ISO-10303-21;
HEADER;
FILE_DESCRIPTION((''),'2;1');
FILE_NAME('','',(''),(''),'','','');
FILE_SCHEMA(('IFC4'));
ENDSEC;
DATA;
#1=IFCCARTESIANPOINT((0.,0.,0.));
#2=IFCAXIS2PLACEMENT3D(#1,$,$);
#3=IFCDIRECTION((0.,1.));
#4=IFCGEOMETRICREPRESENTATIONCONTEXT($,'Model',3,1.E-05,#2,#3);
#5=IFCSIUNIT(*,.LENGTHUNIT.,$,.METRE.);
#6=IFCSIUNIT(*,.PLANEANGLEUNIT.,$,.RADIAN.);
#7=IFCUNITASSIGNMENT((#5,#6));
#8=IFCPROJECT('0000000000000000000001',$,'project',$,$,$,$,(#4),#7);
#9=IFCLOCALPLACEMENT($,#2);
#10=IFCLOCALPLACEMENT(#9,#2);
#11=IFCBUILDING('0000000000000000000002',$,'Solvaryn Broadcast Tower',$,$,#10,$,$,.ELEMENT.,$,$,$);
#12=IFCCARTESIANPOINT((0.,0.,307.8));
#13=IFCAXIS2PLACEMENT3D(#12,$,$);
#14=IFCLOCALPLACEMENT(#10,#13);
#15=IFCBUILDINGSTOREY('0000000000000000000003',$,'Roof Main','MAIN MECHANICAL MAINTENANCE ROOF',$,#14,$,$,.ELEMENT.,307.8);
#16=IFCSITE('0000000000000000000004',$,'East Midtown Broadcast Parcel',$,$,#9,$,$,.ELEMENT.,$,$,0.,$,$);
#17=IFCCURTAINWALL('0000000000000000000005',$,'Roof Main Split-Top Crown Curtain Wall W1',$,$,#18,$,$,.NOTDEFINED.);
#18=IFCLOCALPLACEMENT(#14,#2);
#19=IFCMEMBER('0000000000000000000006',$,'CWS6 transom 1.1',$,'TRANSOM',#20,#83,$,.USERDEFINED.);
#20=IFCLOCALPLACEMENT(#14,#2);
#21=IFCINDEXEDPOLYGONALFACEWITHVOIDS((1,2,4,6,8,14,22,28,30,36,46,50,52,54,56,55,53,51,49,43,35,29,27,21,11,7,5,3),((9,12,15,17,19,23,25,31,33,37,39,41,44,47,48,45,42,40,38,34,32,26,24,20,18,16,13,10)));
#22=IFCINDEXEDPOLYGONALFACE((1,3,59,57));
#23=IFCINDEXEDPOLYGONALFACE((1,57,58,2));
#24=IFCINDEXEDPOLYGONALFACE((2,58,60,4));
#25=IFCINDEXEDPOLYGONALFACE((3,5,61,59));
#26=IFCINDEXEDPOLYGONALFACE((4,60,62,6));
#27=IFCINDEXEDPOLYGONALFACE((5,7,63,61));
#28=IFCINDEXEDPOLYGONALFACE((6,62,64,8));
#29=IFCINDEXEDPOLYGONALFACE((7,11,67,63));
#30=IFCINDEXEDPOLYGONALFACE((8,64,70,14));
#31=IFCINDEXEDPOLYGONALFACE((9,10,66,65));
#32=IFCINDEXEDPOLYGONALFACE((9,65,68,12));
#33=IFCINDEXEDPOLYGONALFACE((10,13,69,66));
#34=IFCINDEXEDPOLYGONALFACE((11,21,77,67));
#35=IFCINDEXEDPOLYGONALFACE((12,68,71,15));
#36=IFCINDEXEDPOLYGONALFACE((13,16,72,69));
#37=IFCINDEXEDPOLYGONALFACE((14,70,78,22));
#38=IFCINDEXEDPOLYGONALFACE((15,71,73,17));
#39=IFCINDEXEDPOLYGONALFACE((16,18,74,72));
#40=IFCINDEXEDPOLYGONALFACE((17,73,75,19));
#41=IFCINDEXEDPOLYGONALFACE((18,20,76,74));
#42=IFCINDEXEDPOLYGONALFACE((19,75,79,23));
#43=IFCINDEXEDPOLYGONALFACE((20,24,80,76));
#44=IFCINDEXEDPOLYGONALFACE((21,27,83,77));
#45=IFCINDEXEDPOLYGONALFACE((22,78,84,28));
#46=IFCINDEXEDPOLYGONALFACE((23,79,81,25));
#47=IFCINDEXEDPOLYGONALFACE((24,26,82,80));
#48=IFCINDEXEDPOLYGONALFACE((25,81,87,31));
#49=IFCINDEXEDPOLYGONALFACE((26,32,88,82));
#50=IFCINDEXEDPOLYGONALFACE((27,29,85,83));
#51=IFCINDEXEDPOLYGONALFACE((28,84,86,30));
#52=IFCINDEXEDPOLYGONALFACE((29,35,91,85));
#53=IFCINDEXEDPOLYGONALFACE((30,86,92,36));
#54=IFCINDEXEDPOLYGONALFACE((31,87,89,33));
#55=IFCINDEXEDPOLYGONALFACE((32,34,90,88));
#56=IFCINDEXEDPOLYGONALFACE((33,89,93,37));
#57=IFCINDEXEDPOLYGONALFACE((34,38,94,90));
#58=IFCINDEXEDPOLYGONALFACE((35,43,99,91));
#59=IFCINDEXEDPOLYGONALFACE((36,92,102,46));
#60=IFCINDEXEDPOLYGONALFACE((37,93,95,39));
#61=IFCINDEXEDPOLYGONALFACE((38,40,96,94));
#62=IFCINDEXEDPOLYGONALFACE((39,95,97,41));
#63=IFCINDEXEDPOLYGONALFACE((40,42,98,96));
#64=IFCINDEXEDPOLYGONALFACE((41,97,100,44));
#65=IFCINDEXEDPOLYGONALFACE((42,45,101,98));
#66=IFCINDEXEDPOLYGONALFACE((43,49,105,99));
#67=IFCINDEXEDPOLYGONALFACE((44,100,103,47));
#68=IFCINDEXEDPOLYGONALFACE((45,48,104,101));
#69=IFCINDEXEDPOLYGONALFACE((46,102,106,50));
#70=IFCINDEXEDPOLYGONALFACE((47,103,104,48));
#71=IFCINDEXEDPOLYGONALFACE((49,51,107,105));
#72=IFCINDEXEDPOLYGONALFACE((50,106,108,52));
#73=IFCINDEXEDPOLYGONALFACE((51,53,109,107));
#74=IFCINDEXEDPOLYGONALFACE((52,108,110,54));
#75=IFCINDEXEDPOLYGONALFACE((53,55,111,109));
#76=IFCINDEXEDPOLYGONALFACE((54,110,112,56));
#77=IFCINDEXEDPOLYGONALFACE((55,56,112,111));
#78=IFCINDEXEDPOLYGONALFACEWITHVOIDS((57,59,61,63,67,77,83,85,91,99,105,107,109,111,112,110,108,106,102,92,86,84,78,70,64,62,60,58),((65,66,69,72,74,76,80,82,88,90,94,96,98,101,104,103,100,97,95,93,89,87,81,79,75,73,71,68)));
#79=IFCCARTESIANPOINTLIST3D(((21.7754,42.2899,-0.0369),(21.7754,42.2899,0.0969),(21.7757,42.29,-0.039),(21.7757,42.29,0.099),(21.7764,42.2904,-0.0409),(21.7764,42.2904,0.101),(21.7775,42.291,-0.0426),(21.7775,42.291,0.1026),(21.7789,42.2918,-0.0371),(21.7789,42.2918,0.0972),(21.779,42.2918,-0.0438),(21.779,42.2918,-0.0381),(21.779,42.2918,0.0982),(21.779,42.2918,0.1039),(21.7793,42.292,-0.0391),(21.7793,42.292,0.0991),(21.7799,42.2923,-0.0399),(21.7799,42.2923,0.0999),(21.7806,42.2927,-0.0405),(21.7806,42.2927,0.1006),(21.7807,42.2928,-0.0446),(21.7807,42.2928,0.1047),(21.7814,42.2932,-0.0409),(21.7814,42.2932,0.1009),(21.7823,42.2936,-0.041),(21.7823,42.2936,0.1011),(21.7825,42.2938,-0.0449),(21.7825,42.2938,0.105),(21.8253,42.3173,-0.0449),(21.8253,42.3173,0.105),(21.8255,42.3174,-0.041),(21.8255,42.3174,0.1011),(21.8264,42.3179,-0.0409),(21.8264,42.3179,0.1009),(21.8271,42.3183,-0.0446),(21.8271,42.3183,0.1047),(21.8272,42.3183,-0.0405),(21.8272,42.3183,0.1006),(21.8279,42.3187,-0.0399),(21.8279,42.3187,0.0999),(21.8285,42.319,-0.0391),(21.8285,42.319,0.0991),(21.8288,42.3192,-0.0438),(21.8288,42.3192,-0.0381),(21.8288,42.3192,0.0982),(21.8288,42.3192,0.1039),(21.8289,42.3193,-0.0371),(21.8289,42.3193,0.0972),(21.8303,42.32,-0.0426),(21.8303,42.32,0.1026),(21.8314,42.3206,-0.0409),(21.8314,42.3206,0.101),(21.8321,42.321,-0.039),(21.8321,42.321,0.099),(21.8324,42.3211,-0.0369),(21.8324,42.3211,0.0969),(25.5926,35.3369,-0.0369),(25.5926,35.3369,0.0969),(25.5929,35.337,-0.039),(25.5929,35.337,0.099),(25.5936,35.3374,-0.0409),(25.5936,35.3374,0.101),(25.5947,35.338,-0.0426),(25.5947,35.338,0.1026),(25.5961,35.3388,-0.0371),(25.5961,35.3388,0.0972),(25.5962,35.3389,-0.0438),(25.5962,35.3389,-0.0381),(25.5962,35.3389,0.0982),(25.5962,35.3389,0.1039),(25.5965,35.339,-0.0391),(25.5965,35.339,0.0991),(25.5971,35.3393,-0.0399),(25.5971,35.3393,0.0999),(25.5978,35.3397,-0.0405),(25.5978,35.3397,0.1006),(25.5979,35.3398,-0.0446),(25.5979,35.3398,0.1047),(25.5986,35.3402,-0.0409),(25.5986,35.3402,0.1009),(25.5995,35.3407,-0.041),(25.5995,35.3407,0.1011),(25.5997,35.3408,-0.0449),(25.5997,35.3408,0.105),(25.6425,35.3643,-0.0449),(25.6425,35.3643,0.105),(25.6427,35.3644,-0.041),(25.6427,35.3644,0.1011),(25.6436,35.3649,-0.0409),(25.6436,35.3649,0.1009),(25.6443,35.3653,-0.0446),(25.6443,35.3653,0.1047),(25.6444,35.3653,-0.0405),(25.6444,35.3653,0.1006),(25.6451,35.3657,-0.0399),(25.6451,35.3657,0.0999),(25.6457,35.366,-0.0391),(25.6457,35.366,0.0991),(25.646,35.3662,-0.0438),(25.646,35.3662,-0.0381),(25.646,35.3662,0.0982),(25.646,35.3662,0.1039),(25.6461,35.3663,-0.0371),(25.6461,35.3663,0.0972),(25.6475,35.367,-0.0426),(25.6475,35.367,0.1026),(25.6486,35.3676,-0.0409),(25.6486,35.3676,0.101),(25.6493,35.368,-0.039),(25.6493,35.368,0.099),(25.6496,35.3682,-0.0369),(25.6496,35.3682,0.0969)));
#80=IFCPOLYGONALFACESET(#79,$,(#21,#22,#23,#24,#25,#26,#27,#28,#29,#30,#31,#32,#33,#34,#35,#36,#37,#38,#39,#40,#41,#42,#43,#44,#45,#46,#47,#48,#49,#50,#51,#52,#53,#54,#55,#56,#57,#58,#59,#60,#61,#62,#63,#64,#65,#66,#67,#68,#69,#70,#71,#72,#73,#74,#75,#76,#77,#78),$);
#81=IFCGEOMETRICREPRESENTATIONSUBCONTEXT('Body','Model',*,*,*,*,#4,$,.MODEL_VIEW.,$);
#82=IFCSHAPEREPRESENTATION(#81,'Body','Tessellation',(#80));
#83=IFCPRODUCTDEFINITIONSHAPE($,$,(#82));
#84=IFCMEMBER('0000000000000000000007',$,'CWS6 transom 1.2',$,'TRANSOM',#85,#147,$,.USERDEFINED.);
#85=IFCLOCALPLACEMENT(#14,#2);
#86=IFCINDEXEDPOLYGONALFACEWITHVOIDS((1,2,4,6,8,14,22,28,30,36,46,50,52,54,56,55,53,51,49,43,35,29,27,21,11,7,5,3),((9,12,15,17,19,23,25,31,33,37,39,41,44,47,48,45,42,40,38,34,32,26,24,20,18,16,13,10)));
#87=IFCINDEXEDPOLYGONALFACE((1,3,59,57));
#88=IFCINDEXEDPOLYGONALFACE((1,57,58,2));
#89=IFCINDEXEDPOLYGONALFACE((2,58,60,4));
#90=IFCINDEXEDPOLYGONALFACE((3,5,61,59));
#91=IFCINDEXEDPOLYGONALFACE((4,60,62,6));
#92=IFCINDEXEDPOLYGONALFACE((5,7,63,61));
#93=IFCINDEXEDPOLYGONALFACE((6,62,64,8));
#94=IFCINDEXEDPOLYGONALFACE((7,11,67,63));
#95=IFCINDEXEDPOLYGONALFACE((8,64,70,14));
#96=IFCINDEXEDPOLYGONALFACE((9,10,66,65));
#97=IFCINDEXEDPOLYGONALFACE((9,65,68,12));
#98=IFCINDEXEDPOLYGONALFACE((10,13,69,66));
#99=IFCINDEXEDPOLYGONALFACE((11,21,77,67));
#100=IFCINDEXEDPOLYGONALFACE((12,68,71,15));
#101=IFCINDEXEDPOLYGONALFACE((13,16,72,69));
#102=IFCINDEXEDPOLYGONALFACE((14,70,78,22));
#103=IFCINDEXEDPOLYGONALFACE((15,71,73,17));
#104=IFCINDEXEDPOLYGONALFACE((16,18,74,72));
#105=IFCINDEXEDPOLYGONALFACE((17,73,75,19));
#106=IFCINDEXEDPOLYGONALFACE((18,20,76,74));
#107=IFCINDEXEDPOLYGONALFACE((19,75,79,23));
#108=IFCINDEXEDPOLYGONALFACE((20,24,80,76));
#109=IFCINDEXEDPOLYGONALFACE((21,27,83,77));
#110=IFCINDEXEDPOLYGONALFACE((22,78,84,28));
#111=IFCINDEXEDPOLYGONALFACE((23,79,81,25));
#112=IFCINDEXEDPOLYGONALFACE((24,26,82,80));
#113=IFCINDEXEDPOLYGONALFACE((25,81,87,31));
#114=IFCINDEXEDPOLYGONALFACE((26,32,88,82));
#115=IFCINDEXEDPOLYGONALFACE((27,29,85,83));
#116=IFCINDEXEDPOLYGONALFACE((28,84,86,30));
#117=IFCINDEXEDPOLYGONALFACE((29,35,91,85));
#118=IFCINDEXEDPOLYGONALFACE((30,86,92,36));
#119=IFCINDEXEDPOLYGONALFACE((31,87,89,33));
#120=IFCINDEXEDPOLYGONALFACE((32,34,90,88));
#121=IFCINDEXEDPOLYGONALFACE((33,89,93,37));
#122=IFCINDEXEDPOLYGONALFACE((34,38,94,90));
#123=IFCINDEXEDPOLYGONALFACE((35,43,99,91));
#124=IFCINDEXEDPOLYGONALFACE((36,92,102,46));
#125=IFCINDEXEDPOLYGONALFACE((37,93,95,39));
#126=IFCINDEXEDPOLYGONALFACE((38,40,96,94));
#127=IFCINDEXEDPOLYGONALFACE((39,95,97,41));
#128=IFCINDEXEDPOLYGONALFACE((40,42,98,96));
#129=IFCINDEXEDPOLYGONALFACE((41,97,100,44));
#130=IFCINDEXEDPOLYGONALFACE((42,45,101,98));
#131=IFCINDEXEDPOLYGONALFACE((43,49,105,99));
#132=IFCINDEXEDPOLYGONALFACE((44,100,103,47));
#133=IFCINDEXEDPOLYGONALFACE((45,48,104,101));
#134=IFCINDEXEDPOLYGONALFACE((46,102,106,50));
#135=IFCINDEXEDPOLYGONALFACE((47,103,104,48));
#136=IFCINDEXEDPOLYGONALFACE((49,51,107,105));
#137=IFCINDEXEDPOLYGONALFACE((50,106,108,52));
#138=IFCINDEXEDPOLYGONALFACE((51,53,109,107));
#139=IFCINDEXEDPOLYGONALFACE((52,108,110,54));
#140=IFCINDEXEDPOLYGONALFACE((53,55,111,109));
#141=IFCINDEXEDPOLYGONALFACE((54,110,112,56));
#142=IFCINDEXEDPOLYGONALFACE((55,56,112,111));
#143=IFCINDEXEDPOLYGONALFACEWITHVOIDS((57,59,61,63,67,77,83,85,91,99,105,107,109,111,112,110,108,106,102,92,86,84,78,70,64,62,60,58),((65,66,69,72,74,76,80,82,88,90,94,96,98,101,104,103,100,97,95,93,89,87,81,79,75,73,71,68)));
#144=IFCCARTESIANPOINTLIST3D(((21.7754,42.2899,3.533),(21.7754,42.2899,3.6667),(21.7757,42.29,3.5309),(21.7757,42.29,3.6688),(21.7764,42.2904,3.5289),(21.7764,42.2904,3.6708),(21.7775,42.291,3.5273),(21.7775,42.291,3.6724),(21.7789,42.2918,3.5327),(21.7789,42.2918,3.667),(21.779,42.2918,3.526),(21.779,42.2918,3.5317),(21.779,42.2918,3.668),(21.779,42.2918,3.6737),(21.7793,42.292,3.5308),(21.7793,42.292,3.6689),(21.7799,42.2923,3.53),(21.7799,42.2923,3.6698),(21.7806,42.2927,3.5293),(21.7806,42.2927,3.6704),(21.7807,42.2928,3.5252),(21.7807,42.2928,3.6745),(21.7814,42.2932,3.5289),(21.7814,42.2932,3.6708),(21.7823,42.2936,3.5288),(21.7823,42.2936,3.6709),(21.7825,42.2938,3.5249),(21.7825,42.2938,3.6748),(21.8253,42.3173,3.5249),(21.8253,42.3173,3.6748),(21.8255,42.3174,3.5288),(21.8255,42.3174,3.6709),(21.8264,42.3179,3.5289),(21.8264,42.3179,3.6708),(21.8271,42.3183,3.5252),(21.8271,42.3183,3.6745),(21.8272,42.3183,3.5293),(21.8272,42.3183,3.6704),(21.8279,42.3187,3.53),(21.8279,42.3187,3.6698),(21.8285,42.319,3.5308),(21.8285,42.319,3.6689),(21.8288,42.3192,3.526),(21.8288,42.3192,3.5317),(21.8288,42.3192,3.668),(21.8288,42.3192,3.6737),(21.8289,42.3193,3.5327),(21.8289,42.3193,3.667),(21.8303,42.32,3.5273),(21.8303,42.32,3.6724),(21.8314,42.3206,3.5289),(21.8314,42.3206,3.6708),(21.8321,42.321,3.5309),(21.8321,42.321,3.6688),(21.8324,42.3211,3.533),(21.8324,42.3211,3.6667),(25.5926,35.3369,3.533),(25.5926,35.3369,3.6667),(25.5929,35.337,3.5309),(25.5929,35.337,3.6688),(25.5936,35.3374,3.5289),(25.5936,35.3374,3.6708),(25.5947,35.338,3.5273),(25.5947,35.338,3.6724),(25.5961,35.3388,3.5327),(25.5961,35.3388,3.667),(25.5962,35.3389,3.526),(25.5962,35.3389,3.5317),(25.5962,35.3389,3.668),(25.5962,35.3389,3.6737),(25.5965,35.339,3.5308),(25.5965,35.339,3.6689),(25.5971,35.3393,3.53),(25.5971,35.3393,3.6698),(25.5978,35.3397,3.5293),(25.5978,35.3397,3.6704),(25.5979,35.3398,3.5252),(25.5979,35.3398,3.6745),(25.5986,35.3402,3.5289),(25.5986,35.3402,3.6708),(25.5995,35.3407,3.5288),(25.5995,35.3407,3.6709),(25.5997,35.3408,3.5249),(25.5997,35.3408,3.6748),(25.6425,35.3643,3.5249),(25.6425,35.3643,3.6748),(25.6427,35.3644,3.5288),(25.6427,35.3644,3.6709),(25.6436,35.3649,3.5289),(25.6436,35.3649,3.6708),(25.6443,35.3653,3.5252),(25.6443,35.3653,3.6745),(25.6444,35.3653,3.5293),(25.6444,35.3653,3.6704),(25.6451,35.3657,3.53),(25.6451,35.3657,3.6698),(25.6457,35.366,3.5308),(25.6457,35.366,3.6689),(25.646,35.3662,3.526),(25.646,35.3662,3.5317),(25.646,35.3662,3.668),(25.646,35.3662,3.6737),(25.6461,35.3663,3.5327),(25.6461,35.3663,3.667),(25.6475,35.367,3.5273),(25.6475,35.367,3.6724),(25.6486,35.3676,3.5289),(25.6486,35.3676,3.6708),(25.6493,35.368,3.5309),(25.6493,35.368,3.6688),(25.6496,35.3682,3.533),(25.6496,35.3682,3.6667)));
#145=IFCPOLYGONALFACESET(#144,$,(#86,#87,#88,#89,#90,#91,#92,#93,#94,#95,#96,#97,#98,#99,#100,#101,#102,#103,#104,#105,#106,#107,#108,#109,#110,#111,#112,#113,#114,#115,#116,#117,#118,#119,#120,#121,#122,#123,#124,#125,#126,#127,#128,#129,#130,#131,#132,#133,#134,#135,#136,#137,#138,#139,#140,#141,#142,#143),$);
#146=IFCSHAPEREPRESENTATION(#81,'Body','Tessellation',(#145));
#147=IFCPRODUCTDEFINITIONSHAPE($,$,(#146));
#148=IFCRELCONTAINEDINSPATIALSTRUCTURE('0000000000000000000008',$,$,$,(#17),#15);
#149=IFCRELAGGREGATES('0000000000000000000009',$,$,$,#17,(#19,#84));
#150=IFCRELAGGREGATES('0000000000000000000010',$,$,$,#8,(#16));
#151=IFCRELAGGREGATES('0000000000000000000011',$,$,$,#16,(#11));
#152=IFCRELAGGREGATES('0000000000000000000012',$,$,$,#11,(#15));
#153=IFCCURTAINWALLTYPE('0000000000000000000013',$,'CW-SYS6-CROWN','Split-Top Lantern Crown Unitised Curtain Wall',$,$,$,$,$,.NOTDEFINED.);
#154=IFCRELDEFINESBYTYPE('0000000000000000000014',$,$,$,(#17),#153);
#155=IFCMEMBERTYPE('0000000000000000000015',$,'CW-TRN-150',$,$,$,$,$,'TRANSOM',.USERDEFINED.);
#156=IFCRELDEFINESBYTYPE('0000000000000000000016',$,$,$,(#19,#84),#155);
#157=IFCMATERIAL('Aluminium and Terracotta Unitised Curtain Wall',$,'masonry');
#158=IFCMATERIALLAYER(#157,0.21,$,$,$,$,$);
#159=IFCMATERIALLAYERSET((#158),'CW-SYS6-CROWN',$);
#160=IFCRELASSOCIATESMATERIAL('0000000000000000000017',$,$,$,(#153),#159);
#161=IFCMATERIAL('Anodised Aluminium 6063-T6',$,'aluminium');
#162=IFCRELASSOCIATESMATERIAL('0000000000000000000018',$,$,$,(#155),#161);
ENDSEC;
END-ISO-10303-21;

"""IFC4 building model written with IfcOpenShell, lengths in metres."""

from ifc_helpers import new_model, si_unit, direction, frame, origin, origin_2d, place, context, subcontext, project, spatial, hollow_rectangle, extrude, material, layer, layer_set, material_profile, profile_set, type_object, element, aggregate, save


model = new_model("IFC4")

# Units and contexts
model_context = context("Model", 3, precision=1e-05, world=origin(), true_north=direction((0.0, 1.0)))
body_context = subcontext(model_context, "Body", "Model", "MODEL_VIEW")
ifc_project = project(units=[si_unit("LENGTHUNIT", "METRE"), si_unit("PLANEANGLEUNIT", "RADIAN")], contexts=[model_context])

# Site, building, storey
site_placement = place(None, origin())
site = spatial("IfcSite", under=ifc_project, at=site_placement, Name="East Midtown Broadcast Parcel", CompositionType="ELEMENT", RefElevation=0.0)
building_placement = place(site_placement, origin())
building = spatial("IfcBuilding", under=site, at=building_placement, Name="Solvaryn Broadcast Tower", CompositionType="ELEMENT")
storey_placement = place(building_placement, frame((0.0, 0.0, 307.8)))
storey = spatial("IfcBuildingStorey", under=building, at=storey_placement, Name="Roof Main", Description="MAIN MECHANICAL MAINTENANCE ROOF", CompositionType="ELEMENT", Elevation=307.8)

# Curtain wall
ifc_material_1 = material(Name="Aluminium and Terracotta Unitised Curtain Wall", Category="masonry")
ifc_layer_1 = layer(ifc_material_1, 0.21)
ifc_layer_set_1 = layer_set([ifc_layer_1], Name="CW-SYS6-CROWN")
curtain_wall_type = type_object("IfcCurtainWallType", Name="CW-SYS6-CROWN", Description="Split-Top Lantern Crown Unitised Curtain Wall", PredefinedType="NOTDEFINED", material=ifc_layer_set_1)
curtain_wall_1_placement = place(storey_placement, origin())
curtain_wall_1 = element("IfcCurtainWall", 1, at=curtain_wall_1_placement, inside=storey, type_object=curtain_wall_type, Name="Roof Main Split-Top Crown Curtain Wall W1", PredefinedType="NOTDEFINED")

# Members
ifc_material_2 = material(Name="Anodised Aluminium 6063-T6", Category="aluminium")
ifc_material_profile_1 = material_profile(ifc_material_2, hollow_rectangle(XDim=0.0649, YDim=0.1499, WallThickness=0.0039, InnerFilletRadius=0.0039, OuterFilletRadius=0.0081, at=origin_2d()))
ifc_profile_set_1 = profile_set([ifc_material_profile_1], Name="Anodised Aluminium 6063-T6")
member_type_1 = type_object("IfcMemberType", Name="CW-TRN-150", ElementType="TRANSOM", PredefinedType="USERDEFINED", material=ifc_profile_set_1)
member_1_placement = place(storey_placement, frame((25.6211, 35.3525, 0.03), z_axis=(-0.481246, 0.876585, 0.0), x_axis=(-0.876585, -0.481246, 0.0)))
member_1 = element("IfcMember", 2, at=member_1_placement, type_object=member_type_1, Name="CWS6 transom 1.1", ObjectType="TRANSOM", PredefinedType="USERDEFINED", context=body_context, shape_type="SweptSolid", body=[
    extrude(hollow_rectangle(XDim=0.0649, YDim=0.1499, WallThickness=0.0039, InnerFilletRadius=0.0039, OuterFilletRadius=0.0081, at=origin_2d()), origin(), (0.0, 0.0, 1.0), 7.9319),
])
member_2_placement = place(storey_placement, frame((25.6211, 35.3525, 3.5999), z_axis=(-0.481246, 0.876585, 0.0), x_axis=(-0.876585, -0.481246, 0.0)))
member_2 = element("IfcMember", 3, at=member_2_placement, type_object=member_type_1, Name="CWS6 transom 1.2", ObjectType="TRANSOM", PredefinedType="USERDEFINED", context=body_context, shape_type="SweptSolid", body=[
    extrude(hollow_rectangle(XDim=0.0649, YDim=0.1499, WallThickness=0.0039, InnerFilletRadius=0.0039, OuterFilletRadius=0.0081, at=origin_2d()), origin(), (0.0, 0.0, 1.0), 7.9319),
])

aggregate(curtain_wall_1, [member_1, member_2])

save(model, "model.ifc")
